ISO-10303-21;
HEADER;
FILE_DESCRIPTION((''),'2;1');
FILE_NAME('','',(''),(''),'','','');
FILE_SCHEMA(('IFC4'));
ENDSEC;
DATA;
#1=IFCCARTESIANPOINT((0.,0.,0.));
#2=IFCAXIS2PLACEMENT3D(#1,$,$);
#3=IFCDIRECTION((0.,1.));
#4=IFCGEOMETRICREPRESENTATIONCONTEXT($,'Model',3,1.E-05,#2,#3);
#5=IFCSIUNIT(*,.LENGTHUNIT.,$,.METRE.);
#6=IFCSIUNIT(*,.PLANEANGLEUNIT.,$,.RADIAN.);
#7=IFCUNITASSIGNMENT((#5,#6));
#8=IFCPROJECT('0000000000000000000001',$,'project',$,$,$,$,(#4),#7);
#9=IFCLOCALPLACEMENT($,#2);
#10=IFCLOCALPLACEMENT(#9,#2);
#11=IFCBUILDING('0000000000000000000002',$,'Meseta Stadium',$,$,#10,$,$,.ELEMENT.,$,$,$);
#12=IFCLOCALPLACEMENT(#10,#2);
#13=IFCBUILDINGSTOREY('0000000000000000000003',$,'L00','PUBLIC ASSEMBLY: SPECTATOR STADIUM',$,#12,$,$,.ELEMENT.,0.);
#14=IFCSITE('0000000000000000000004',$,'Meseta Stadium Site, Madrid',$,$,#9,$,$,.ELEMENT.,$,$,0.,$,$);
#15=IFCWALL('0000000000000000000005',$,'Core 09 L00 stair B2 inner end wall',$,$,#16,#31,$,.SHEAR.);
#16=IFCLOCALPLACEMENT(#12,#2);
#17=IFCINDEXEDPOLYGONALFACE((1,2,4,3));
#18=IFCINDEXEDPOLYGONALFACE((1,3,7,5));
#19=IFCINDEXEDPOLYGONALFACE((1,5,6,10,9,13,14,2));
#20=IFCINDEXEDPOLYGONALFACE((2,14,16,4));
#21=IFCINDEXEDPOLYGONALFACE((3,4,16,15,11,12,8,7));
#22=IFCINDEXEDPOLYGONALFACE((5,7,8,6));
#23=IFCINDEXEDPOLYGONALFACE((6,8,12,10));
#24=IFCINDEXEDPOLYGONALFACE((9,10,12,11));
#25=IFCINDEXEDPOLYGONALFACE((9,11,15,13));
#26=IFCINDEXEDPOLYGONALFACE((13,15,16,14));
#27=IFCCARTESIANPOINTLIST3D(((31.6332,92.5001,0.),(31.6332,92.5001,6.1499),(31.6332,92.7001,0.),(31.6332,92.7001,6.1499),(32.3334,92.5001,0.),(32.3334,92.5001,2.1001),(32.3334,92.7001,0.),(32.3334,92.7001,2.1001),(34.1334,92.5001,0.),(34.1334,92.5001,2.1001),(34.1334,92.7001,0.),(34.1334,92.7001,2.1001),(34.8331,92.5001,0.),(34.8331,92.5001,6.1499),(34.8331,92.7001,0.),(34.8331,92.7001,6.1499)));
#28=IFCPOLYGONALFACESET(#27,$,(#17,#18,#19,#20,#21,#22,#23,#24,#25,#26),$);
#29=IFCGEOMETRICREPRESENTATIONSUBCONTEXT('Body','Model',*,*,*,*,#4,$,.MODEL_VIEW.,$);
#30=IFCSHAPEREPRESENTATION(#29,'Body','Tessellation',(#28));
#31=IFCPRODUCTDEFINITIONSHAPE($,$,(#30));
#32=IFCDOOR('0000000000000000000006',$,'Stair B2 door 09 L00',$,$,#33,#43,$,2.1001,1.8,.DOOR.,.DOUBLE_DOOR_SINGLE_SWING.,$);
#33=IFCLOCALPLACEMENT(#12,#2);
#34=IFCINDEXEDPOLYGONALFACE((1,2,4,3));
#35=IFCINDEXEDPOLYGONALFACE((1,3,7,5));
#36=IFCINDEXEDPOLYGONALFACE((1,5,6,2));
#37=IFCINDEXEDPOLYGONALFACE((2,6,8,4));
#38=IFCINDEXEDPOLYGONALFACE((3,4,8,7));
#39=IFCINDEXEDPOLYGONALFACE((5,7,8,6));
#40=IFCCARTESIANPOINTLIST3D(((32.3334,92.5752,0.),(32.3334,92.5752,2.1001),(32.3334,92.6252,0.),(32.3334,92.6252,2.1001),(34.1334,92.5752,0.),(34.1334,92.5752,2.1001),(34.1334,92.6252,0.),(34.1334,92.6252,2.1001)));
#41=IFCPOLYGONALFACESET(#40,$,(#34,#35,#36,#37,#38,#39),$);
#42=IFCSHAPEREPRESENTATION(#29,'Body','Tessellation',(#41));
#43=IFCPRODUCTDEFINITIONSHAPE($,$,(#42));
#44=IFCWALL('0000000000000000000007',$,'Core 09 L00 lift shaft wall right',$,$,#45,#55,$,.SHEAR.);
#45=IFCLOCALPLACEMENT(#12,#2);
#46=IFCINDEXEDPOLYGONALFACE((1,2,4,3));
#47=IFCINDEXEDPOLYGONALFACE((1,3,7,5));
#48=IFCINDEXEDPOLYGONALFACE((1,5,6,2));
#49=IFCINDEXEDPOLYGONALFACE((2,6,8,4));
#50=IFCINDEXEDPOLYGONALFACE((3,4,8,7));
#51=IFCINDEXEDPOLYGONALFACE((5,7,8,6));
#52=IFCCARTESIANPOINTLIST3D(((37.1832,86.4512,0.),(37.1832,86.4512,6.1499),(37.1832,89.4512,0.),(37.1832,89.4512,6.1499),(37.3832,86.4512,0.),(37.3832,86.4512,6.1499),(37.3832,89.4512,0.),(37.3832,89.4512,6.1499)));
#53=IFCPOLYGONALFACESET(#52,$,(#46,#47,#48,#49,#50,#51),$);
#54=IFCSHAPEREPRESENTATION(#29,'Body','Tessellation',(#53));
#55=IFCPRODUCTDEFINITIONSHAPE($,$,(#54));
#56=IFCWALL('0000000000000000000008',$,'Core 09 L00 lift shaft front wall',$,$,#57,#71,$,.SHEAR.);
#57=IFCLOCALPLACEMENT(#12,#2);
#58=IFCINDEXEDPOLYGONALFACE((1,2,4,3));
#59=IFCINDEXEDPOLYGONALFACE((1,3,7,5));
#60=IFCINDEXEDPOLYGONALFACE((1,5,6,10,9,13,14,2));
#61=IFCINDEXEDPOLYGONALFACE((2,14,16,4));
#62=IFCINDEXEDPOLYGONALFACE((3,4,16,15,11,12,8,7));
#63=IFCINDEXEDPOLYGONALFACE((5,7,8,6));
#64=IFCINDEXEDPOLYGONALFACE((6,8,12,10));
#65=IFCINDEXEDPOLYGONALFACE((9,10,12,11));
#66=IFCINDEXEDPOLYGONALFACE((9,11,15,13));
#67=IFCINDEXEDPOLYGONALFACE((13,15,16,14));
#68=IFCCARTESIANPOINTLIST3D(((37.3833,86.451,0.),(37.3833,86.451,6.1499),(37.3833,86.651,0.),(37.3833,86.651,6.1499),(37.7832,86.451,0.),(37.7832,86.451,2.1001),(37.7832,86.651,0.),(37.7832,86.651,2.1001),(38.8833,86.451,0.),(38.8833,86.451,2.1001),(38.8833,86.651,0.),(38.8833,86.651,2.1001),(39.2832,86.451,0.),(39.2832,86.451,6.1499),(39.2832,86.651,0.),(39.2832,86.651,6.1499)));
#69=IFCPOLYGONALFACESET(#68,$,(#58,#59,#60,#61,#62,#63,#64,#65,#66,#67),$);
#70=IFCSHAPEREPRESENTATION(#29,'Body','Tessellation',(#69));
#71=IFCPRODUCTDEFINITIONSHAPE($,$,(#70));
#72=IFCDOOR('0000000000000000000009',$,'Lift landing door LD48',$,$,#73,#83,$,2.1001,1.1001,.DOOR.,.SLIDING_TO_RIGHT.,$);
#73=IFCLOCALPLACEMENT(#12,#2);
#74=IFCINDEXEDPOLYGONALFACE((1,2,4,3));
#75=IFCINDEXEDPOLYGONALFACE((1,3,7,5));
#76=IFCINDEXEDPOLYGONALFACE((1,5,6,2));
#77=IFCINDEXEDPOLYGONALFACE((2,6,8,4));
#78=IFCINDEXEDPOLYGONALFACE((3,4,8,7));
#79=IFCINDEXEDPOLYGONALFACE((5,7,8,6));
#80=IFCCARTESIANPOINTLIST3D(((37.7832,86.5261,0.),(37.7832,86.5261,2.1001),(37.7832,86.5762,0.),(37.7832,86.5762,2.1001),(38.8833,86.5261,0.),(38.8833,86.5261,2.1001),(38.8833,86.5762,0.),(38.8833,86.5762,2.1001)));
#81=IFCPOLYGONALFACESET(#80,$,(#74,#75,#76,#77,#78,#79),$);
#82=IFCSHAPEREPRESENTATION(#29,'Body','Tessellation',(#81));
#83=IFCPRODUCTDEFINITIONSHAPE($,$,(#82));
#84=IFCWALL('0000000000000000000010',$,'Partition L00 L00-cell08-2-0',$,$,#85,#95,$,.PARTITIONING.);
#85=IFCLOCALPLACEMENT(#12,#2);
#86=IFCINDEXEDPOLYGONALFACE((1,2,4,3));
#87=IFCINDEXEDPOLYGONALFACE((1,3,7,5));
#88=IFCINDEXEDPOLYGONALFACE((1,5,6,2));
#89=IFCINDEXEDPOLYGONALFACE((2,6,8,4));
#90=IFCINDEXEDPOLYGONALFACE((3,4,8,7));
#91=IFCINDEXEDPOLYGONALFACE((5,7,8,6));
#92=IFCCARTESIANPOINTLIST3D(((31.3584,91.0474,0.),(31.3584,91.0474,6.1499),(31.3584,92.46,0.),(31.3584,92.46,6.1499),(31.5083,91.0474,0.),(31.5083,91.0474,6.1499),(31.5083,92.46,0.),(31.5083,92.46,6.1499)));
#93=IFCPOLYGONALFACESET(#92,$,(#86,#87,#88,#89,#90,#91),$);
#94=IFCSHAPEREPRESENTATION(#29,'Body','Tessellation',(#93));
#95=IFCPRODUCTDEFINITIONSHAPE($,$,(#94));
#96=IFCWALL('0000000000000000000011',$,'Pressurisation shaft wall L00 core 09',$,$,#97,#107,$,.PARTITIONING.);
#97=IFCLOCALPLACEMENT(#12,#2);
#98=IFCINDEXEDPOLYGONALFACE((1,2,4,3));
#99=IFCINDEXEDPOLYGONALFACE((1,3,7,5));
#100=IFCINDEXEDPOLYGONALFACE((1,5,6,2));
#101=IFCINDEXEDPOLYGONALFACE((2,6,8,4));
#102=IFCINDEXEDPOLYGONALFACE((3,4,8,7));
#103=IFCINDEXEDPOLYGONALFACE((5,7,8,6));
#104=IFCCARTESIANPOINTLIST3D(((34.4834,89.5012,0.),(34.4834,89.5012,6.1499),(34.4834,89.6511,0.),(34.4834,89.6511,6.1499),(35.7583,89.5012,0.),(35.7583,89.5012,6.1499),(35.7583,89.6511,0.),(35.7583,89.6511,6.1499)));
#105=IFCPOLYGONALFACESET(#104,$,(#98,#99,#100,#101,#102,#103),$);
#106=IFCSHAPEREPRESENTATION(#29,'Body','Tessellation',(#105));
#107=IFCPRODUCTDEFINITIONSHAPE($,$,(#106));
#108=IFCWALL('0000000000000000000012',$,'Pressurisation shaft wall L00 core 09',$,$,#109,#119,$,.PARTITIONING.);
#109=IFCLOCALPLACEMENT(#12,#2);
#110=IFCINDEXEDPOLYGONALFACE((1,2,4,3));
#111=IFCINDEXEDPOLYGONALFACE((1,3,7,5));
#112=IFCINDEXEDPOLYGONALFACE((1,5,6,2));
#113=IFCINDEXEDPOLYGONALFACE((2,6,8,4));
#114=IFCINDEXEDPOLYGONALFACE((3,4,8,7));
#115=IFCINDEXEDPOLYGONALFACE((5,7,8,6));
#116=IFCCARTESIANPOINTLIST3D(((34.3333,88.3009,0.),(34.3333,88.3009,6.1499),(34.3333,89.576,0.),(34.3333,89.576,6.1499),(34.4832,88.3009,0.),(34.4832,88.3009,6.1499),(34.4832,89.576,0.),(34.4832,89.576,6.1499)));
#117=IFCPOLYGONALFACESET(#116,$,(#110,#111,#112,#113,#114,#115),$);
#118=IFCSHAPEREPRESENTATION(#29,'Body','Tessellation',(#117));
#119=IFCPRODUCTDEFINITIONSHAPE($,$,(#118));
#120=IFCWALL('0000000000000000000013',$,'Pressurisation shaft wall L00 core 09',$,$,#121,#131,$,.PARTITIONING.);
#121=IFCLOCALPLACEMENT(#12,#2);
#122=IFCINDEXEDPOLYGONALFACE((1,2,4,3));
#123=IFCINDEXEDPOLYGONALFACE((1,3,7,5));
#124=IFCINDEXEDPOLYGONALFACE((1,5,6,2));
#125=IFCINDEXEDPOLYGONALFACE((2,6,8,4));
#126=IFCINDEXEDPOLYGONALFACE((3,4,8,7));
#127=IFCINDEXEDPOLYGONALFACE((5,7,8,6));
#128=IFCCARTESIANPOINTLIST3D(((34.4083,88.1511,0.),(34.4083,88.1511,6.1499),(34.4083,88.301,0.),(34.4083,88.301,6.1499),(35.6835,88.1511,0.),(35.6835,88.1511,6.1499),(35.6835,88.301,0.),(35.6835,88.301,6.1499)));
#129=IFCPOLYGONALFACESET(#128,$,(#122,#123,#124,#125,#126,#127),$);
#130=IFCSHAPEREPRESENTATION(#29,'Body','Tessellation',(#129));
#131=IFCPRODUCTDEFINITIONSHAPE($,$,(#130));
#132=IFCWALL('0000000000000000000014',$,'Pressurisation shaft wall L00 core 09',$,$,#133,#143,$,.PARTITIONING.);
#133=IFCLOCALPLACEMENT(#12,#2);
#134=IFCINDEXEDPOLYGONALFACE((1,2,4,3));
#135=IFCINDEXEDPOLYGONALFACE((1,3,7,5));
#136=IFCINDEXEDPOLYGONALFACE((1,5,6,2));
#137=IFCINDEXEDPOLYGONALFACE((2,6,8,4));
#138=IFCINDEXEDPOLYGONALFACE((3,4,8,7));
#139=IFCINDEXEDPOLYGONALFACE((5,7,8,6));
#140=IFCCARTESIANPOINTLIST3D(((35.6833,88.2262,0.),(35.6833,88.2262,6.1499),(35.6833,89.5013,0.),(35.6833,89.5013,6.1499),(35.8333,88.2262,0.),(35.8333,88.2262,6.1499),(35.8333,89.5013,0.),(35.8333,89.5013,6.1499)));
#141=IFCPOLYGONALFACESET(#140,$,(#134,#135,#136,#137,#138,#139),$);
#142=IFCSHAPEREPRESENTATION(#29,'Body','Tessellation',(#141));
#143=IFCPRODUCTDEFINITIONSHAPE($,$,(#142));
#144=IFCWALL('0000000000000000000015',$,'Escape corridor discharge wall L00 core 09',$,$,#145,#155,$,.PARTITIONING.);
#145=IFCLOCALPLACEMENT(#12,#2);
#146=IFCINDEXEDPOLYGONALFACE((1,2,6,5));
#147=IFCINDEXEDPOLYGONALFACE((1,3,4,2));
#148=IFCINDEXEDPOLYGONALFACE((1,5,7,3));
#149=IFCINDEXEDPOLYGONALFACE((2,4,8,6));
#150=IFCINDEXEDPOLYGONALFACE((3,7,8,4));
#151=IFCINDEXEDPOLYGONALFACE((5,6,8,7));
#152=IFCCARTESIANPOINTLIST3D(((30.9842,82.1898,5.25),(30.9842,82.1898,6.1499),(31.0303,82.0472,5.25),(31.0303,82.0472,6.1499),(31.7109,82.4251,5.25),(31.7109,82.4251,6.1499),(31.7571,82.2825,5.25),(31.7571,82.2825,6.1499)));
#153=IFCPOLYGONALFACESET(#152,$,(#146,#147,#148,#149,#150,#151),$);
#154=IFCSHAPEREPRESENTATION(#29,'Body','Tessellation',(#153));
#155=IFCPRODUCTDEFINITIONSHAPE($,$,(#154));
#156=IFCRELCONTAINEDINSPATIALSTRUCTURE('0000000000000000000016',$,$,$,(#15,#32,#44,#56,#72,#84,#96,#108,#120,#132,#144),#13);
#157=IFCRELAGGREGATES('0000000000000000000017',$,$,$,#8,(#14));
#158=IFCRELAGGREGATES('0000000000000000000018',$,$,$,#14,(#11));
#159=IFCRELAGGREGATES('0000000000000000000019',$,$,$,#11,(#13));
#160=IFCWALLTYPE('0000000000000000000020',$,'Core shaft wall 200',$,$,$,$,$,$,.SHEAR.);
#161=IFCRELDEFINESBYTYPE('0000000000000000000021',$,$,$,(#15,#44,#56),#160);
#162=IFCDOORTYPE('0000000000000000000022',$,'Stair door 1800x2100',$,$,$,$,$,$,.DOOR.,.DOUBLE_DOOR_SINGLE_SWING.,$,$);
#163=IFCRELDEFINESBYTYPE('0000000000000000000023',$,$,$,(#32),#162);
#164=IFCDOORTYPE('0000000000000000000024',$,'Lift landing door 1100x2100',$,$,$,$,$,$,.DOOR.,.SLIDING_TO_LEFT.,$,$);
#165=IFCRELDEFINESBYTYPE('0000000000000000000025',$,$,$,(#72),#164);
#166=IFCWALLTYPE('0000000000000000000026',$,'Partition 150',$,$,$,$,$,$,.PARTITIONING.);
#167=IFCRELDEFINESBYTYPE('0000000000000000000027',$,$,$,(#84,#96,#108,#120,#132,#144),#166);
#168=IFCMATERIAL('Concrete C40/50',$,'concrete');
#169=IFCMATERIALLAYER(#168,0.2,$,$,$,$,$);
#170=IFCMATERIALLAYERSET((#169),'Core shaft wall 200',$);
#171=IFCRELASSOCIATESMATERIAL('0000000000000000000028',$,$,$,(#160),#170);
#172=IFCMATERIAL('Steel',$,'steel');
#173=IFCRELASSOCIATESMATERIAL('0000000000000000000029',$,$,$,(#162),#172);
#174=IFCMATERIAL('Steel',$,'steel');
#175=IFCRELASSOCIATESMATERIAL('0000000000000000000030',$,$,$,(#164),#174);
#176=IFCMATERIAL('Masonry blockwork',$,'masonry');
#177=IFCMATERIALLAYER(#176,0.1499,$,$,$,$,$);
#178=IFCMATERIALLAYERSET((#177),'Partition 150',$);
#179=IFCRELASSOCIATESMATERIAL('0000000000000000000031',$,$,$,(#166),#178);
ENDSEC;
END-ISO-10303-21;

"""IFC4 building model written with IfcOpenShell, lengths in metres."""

from ifc_helpers import new_model, si_unit, direction, frame, frame_2d, origin, place, context, subcontext, project, spatial, rectangle, extrude, material, layer, layer_set, type_object, element, fill, save


model = new_model("IFC4")

# Units and contexts
model_context = context("Model", 3, precision=1e-05, world=origin(), true_north=direction((0.0, 1.0)))
body_context = subcontext(model_context, "Body", "Model", "MODEL_VIEW")
ifc_project = project(units=[si_unit("LENGTHUNIT", "METRE"), si_unit("PLANEANGLEUNIT", "RADIAN")], contexts=[model_context])

# Site, building, storey
site_placement = place(None, origin())
site = spatial("IfcSite", under=ifc_project, at=site_placement, Name="Meseta Stadium Site, Madrid", CompositionType="ELEMENT", RefElevation=0.0)
building_placement = place(site_placement, origin())
building = spatial("IfcBuilding", under=site, at=building_placement, Name="Meseta Stadium", CompositionType="ELEMENT")
storey_placement = place(building_placement, origin())
storey = spatial("IfcBuildingStorey", under=building, at=storey_placement, Name="L00", Description="PUBLIC ASSEMBLY: SPECTATOR STADIUM", CompositionType="ELEMENT", Elevation=0.0)

# Wall, opening, door
ifc_material_1 = material(Name="Concrete C40/50", Category="concrete")
ifc_layer_1 = layer(ifc_material_1, 0.2)
ifc_layer_set_1 = layer_set([ifc_layer_1], Name="Core shaft wall 200")
wall_type_1 = type_object("IfcWallType", Name="Core shaft wall 200", PredefinedType="SHEAR", material=ifc_layer_set_1)
ifc_material_2 = material(Name="Steel", Category="steel")
door_type_1 = type_object("IfcDoorType", Name="Stair door 1800x2100", OperationType="DOUBLE_DOOR_SINGLE_SWING", PredefinedType="DOOR", material=ifc_material_2)
wall_1_placement = place(storey_placement, frame((34.8333, 92.6001, 0.0), z_axis=(0.0, 0.0, 1.0), x_axis=(-1.0, 0.0, 0.0)))
wall_1 = element("IfcWall", 1, at=wall_1_placement, inside=storey, type_object=wall_type_1, Name="Core 09 L00 stair B2 inner end wall", PredefinedType="SHEAR", context=body_context, shape_type="SweptSolid", body=[
    extrude(rectangle(XDim=3.2, YDim=0.2, at=frame_2d((1.6001, 0.0))), origin(), (0.0, 0.0, 1.0), 6.1499),
])
opening_1_placement = place(wall_1_placement, frame((0.7, 0.0, 0.0)))
opening_1 = element("IfcOpeningElement", 2, at=opening_1_placement, cuts=wall_1, PredefinedType="OPENING", context=body_context, shape_type="SweptSolid", body=[
    extrude(rectangle(XDim=1.8, YDim=2.1001, at=frame_2d((0.8999, 1.05))), frame((0.0, 0.1099, 0.0), z_axis=(0.0, -1.0, 0.0), x_axis=(1.0, 0.0, 0.0)), (0.0, 0.0, 1.0), 0.22),
])
door_1_placement = place(opening_1_placement, origin())
door_1 = element("IfcDoor", 3, at=door_1_placement, inside=storey, type_object=door_type_1, Name="Stair B2 door 09 L00", OperationType="DOUBLE_DOOR_SINGLE_SWING", OverallHeight=2.1001, OverallWidth=1.8, PredefinedType="DOOR", context=body_context, shape_type="SweptSolid", body=[
    extrude(rectangle(XDim=1.8, YDim=2.1001, at=frame_2d((0.8999, 1.05))), frame((0.0, 0.0249, 0.0), z_axis=(0.0, -1.0, 0.0), x_axis=(1.0, 0.0, 0.0)), (0.0, 0.0, 1.0), 0.05),
])
fill(opening_1, door_1)

# Wall
wall_2_placement = place(storey_placement, frame((37.2832, 89.4512, 0.0), z_axis=(0.0, 0.0, 1.0), x_axis=(0.0, -1.0, 0.0)))
element("IfcWall", 4, at=wall_2_placement, inside=storey, type_object=wall_type_1, Name="Core 09 L00 lift shaft wall right", PredefinedType="SHEAR", context=body_context, shape_type="SweptSolid", body=[
    extrude(rectangle(XDim=3.0, YDim=0.2, at=frame_2d((1.5, 0.0))), origin(), (0.0, 0.0, 1.0), 6.1499),
])

# Wall, opening, door
wall_3_placement = place(storey_placement, frame((39.2832, 86.551, 0.0), z_axis=(0.0, 0.0, 1.0), x_axis=(-1.0, 0.0, 0.0)))
wall_3 = element("IfcWall", 5, at=wall_3_placement, inside=storey, type_object=wall_type_1, Name="Core 09 L00 lift shaft front wall", PredefinedType="SHEAR", context=body_context, shape_type="SweptSolid", body=[
    extrude(rectangle(XDim=1.8999, YDim=0.2, at=frame_2d((0.95, 0.0))), origin(), (0.0, 0.0, 1.0), 6.1499),
])
opening_2_placement = place(wall_3_placement, frame((0.3999, 0.0, 0.0)))
opening_2 = element("IfcOpeningElement", 6, at=opening_2_placement, cuts=wall_3, PredefinedType="OPENING", context=body_context, shape_type="SweptSolid", body=[
    extrude(rectangle(XDim=1.1001, YDim=2.1001, at=frame_2d((0.55, 1.05))), frame((0.0, 0.1099, 0.0), z_axis=(0.0, -1.0, 0.0), x_axis=(1.0, 0.0, 0.0)), (0.0, 0.0, 1.0), 0.22),
])
ifc_material_3 = material(Name="Steel", Category="steel")
door_type_2 = type_object("IfcDoorType", Name="Lift landing door 1100x2100", OperationType="SLIDING_TO_LEFT", PredefinedType="DOOR", material=ifc_material_3)
door_2_placement = place(opening_2_placement, origin())
door_2 = element("IfcDoor", 7, at=door_2_placement, inside=storey, type_object=door_type_2, Name="Lift landing door LD48", OperationType="SLIDING_TO_RIGHT", OverallHeight=2.1001, OverallWidth=1.1001, PredefinedType="DOOR", context=body_context, shape_type="SweptSolid", body=[
    extrude(rectangle(XDim=1.1001, YDim=2.1001, at=frame_2d((0.55, 1.05))), frame((0.0, 0.0249, 0.0), z_axis=(0.0, -1.0, 0.0), x_axis=(1.0, 0.0, 0.0)), (0.0, 0.0, 1.0), 0.05),
])
fill(opening_2, door_2)

# Walls
ifc_material_4 = material(Name="Masonry blockwork", Category="masonry")
ifc_layer_2 = layer(ifc_material_4, 0.1499)
ifc_layer_set_2 = layer_set([ifc_layer_2], Name="Partition 150")
wall_type_2 = type_object("IfcWallType", Name="Partition 150", PredefinedType="PARTITIONING", material=ifc_layer_set_2)
wall_4_placement = place(storey_placement, frame((31.4333, 92.46, 0.0), z_axis=(0.0, 0.0, 1.0), x_axis=(0.0, -1.0, 0.0)))
element("IfcWall", 8, at=wall_4_placement, inside=storey, type_object=wall_type_2, Name="Partition L00 L00-cell08-2-0", PredefinedType="PARTITIONING", context=body_context, shape_type="SweptSolid", body=[
    extrude(rectangle(XDim=1.4126, YDim=0.1499, at=frame_2d((0.7063, 0.0))), origin(), (0.0, 0.0, 1.0), 6.1499),
])
wall_5_placement = place(storey_placement, frame((35.7583, 89.5762, 0.0), z_axis=(0.0, 0.0, 1.0), x_axis=(-1.0, 0.0, 0.0)))
element("IfcWall", 9, at=wall_5_placement, inside=storey, type_object=wall_type_2, Name="Pressurisation shaft wall L00 core 09", PredefinedType="PARTITIONING", context=body_context, shape_type="SweptSolid", body=[
    extrude(rectangle(XDim=1.2749, YDim=0.1499, at=frame_2d((0.6375, 0.0))), origin(), (0.0, 0.0, 1.0), 6.1499),
])
for number, where, z_axis, x_axis, name in (
    (10, (34.4082, 89.5762, 0.0), (0.0, 0.0, 1.0), (0.0, -1.0, 0.0), "Pressurisation shaft wall L00 core 09"),
    (11, (34.4082, 88.2261, 0.0), (0.0, 0.0, 1.0), (1.0, 0.0, 0.0), "Pressurisation shaft wall L00 core 09"),
    (12, (35.7583, 88.2261, 0.0), (0.0, 0.0, 1.0), (0.0, 1.0, 0.0), "Pressurisation shaft wall L00 core 09"),
):
    element("IfcWall", number, at=place(storey_placement, frame(where, z_axis=z_axis, x_axis=x_axis)), inside=storey, type_object=wall_type_2, Name=name, PredefinedType="PARTITIONING", context=body_context, shape_type="SweptSolid", body=[
        extrude(rectangle(XDim=1.2751, YDim=0.1499, at=frame_2d((0.6377, 0.0))), origin(), (0.0, 0.0, 1.0), 6.1499),
    ])
wall_6_placement = place(storey_placement, frame((31.7339, 82.3538, 5.25), z_axis=(0.0, 0.0, 1.0), x_axis=(-0.951365, -0.308067, 0.0)))
element("IfcWall", 13, at=wall_6_placement, inside=storey, type_object=wall_type_2, Name="Escape corridor discharge wall L00 core 09", PredefinedType="PARTITIONING", context=body_context, shape_type="SweptSolid", body=[
    extrude(rectangle(XDim=0.7639, YDim=0.1499, at=frame_2d((0.3818, 0.0))), origin(), (0.0, 0.0, 1.0), 0.8999),
])

save(model, "model.ifc")
